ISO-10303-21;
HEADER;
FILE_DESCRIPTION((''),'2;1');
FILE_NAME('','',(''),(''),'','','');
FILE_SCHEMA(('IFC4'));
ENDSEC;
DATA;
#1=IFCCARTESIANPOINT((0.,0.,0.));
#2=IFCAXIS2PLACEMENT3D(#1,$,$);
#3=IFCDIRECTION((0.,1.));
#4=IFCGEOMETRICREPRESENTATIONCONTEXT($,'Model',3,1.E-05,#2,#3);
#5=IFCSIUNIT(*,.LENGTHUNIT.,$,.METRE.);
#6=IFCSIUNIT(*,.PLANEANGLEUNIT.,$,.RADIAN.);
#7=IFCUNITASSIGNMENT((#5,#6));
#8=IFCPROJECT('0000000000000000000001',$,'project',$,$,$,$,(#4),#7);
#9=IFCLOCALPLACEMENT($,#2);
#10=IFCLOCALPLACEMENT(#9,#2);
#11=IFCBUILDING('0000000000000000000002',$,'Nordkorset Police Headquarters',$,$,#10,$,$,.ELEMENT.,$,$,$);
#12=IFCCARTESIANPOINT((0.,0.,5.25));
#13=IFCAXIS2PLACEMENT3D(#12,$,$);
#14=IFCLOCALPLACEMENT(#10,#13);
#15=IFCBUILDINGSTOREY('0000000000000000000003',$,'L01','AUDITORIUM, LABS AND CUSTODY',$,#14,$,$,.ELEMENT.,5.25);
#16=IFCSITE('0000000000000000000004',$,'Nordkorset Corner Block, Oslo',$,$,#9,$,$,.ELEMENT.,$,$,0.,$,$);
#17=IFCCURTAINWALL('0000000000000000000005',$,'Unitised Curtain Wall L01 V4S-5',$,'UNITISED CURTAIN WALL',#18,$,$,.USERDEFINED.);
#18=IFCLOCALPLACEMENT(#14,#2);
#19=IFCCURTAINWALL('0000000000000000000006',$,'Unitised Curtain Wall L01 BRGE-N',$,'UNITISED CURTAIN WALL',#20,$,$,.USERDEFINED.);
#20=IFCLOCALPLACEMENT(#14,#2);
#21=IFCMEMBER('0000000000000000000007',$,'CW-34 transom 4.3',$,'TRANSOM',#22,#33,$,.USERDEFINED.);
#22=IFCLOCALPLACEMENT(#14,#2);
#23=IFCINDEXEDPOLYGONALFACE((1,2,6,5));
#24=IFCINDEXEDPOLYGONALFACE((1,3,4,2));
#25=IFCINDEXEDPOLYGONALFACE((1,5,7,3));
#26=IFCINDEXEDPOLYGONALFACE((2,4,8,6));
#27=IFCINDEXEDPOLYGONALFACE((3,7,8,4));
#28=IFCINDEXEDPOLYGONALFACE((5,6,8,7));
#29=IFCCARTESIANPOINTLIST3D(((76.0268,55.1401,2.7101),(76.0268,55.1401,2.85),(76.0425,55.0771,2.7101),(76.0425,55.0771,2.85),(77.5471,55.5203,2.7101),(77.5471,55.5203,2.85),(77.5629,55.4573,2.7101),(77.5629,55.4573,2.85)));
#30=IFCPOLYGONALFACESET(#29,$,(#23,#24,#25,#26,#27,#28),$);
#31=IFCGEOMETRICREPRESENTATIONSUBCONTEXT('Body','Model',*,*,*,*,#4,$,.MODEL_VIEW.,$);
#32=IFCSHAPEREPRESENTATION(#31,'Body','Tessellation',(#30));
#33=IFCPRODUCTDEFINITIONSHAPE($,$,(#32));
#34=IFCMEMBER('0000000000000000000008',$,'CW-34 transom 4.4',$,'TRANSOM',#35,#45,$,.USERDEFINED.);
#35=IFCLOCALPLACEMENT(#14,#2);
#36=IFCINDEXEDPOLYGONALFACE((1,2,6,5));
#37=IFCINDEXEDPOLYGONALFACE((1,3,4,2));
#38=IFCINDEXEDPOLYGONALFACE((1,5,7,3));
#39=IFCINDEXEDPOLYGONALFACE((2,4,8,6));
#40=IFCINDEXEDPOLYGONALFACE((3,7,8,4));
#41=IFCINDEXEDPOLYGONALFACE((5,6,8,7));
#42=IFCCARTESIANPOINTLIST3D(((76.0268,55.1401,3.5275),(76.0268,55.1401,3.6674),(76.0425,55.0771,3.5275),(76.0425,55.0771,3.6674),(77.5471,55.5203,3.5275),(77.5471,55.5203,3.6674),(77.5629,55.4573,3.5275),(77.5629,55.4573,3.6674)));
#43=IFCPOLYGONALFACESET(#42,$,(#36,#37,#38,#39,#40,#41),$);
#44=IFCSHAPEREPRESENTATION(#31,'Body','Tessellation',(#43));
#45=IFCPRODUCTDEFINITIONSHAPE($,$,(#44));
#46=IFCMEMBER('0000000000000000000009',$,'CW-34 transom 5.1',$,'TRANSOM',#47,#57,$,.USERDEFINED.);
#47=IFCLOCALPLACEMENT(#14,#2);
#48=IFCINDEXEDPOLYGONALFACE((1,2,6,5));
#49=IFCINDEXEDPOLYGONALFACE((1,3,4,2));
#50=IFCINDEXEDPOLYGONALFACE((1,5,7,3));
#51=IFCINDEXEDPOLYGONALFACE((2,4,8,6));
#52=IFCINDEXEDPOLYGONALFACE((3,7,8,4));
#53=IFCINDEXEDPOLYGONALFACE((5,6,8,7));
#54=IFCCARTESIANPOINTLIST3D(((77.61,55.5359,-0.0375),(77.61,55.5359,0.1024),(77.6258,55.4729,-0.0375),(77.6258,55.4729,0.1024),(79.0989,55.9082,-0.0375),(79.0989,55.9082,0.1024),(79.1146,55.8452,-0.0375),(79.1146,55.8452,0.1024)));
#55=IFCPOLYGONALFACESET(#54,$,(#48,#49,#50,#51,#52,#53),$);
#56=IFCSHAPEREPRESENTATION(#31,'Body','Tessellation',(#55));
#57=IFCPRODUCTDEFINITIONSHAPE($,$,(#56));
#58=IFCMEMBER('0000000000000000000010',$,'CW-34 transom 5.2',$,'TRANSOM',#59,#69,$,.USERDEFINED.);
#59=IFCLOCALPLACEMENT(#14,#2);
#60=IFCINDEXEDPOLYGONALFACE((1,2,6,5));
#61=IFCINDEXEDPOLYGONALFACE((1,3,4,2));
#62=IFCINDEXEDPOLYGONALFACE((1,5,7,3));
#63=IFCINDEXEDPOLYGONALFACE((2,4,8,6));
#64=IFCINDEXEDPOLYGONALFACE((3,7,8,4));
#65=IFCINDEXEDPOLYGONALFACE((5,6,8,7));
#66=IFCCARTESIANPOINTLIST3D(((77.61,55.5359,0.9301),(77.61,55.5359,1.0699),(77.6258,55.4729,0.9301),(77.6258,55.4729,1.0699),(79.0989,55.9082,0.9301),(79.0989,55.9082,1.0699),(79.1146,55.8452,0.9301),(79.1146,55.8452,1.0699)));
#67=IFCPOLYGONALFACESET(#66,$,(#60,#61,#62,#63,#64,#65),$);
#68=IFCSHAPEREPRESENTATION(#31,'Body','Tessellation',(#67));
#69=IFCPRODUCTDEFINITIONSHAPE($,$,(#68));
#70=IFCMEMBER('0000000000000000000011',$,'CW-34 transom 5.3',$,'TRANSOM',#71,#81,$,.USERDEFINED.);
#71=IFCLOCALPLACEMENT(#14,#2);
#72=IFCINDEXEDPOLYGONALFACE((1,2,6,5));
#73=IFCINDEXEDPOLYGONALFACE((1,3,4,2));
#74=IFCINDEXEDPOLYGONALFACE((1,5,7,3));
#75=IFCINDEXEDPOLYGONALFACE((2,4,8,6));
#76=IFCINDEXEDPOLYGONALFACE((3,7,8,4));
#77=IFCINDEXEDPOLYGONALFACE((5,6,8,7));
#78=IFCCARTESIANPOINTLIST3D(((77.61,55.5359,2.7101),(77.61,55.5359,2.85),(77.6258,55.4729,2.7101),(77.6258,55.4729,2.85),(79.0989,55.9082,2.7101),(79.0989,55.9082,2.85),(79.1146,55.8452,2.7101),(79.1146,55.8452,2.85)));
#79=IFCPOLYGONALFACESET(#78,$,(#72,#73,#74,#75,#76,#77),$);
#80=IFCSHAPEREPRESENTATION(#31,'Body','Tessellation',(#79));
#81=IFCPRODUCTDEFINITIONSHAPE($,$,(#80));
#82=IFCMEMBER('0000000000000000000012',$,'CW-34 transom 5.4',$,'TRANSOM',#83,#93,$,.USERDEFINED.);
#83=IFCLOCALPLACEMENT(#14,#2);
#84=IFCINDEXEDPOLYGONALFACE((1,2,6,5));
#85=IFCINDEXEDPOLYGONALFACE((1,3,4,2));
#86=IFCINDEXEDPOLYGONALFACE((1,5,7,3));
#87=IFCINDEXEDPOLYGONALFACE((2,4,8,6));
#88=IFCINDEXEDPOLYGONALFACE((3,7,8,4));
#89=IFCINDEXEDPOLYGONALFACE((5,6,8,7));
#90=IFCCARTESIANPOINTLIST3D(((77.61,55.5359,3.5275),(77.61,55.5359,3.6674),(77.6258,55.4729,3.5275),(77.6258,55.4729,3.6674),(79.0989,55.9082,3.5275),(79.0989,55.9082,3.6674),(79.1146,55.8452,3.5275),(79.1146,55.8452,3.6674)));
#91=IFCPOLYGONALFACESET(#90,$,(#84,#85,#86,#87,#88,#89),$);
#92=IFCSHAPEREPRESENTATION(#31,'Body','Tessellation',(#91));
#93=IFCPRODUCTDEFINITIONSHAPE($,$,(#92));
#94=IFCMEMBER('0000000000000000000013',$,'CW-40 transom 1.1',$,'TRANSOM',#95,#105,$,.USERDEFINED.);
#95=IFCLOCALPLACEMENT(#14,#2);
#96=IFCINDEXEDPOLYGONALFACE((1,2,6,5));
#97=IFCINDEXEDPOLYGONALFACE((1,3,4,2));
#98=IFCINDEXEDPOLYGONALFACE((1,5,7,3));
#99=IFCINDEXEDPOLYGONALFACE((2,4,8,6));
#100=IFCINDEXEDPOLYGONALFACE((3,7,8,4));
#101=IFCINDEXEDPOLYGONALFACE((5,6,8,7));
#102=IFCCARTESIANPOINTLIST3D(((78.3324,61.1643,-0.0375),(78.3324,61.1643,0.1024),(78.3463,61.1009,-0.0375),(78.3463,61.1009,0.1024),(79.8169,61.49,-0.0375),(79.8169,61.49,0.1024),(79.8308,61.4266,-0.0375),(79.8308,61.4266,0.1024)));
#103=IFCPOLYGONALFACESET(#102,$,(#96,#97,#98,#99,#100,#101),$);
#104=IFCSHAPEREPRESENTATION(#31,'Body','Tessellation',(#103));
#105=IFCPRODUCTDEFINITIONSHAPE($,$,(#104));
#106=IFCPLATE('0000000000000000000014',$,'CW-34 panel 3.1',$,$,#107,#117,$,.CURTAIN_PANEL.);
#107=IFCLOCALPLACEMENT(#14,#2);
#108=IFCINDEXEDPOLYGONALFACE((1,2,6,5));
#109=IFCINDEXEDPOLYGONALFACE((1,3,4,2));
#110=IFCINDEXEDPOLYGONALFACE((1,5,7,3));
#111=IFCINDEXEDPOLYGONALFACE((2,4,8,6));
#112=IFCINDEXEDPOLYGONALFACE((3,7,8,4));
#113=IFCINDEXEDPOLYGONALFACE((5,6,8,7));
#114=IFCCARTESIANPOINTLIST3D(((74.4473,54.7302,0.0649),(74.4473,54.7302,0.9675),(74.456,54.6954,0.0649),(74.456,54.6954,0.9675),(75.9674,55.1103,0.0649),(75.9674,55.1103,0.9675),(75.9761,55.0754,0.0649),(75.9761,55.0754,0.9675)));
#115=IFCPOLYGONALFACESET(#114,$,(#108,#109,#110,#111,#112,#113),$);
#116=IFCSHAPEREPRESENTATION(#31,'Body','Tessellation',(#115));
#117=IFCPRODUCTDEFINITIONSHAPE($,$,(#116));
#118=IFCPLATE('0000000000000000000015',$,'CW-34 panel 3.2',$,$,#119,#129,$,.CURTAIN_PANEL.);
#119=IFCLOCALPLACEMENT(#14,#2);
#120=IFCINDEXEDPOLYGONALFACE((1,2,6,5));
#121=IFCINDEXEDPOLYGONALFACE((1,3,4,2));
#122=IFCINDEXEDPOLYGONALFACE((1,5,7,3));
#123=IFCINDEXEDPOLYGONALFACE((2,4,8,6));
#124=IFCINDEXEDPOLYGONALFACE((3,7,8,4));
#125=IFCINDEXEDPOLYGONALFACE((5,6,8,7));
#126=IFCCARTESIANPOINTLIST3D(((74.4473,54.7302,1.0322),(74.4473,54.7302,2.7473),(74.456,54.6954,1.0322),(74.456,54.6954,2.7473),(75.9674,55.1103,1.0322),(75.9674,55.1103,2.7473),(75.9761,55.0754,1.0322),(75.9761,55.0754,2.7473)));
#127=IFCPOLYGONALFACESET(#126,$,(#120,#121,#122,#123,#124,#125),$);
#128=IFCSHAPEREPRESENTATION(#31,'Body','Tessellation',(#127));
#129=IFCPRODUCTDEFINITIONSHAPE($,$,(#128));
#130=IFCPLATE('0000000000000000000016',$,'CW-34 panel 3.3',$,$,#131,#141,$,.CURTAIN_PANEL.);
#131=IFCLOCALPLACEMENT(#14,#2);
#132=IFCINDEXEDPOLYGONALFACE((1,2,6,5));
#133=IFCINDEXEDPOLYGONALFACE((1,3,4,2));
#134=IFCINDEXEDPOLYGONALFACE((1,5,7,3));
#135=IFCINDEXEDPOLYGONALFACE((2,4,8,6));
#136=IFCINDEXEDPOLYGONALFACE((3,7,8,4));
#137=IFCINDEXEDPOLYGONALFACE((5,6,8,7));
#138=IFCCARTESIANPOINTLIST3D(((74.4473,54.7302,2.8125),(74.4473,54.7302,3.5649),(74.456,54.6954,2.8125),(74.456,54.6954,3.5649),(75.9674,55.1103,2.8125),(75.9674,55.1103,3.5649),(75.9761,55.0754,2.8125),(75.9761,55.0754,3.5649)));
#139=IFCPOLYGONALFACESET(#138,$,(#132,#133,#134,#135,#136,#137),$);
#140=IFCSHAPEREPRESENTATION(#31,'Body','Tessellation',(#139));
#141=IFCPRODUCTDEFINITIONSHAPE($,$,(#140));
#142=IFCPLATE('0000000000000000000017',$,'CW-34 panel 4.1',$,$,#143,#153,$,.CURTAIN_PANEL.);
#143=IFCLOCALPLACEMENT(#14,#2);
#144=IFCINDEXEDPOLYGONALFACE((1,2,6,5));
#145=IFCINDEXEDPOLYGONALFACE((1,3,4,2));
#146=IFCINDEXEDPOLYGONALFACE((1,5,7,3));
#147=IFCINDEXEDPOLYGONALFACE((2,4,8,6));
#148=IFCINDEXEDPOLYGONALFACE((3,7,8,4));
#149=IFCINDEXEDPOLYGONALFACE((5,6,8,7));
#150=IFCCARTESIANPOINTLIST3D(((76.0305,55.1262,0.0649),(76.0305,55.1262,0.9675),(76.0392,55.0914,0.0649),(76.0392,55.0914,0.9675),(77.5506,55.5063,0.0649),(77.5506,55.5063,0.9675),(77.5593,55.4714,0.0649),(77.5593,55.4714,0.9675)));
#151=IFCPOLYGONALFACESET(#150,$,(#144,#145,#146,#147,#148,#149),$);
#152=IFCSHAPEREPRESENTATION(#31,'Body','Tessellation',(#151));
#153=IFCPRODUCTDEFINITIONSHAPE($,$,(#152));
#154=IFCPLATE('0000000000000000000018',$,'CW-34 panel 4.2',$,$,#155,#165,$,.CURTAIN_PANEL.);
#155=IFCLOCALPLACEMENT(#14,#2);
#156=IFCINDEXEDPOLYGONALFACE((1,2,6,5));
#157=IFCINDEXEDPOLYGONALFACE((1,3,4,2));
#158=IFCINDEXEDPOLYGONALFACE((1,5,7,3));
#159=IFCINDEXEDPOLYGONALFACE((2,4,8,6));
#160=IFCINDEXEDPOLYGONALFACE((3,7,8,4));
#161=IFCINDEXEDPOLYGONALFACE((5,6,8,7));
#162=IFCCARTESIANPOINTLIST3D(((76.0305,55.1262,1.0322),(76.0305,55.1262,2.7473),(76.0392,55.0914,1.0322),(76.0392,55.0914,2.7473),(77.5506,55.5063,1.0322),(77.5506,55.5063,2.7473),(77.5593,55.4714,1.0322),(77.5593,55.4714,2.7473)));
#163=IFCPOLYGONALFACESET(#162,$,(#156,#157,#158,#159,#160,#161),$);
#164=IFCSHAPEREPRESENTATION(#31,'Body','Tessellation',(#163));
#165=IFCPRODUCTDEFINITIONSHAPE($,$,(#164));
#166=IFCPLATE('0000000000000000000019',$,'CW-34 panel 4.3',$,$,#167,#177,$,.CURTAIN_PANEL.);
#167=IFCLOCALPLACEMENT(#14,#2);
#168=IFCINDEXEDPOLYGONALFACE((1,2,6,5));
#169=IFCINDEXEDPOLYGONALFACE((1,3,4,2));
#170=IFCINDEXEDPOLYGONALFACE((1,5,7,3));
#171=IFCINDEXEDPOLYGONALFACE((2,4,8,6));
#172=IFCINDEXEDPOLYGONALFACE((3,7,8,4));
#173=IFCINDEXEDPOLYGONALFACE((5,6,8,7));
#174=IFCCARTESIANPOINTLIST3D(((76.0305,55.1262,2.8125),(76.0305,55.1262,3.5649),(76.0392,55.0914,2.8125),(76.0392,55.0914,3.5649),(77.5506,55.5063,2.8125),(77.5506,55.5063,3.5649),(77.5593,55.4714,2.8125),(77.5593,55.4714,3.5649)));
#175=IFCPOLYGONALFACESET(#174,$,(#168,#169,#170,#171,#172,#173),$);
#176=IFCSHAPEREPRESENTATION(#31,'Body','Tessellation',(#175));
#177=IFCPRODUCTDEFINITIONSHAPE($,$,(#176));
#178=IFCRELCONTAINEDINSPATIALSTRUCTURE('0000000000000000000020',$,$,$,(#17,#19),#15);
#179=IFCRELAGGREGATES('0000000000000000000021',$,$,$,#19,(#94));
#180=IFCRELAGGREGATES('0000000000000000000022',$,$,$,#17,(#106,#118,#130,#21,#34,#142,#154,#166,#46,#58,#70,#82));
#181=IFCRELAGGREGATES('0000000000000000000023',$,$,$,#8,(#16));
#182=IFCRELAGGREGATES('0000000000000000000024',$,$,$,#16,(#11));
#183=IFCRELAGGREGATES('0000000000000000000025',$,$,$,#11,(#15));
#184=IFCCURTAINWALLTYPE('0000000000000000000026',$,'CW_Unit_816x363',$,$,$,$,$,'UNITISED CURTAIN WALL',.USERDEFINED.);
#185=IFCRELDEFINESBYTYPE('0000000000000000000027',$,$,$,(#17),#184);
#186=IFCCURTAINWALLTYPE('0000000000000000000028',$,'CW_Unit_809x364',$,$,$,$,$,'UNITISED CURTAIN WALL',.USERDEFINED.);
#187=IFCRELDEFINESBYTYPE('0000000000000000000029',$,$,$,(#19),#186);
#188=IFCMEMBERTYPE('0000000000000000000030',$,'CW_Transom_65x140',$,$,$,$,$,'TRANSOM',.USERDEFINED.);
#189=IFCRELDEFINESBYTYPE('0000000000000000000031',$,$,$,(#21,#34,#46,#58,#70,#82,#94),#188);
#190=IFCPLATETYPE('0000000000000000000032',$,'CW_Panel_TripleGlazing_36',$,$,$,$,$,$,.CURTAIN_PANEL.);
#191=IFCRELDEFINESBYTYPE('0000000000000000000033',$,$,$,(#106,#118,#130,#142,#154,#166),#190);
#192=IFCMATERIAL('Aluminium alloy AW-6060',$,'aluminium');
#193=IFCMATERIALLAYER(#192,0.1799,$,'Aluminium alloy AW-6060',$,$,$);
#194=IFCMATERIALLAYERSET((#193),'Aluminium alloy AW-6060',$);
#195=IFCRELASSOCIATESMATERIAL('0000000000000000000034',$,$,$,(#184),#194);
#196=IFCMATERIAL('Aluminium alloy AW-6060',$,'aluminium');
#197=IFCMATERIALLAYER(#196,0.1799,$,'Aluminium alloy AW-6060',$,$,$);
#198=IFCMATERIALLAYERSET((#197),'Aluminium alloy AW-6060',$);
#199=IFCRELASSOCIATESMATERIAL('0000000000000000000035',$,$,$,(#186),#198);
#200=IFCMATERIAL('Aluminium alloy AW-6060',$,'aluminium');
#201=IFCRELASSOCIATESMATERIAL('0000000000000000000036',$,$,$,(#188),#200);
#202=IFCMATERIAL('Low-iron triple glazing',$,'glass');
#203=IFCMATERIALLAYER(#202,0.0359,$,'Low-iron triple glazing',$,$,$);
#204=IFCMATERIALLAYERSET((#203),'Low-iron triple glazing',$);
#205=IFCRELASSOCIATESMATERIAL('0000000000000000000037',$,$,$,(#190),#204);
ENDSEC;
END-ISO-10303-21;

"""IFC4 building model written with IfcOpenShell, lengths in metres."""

from ifc_helpers import new_model, si_unit, direction, frame, origin, origin_2d, place, context, subcontext, project, spatial, rectangle, extrude, material, layer, layer_set, material_profile, profile_set, type_object, element, aggregate, save


model = new_model("IFC4")

# Units and contexts
model_context = context("Model", 3, precision=1e-05, world=origin(), true_north=direction((0.0, 1.0)))
body_context = subcontext(model_context, "Body", "Model", "MODEL_VIEW")
ifc_project = project(units=[si_unit("LENGTHUNIT", "METRE"), si_unit("PLANEANGLEUNIT", "RADIAN")], contexts=[model_context])

# Site, building, storey
site_placement = place(None, origin())
site = spatial("IfcSite", under=ifc_project, at=site_placement, Name="Nordkorset Corner Block, Oslo", CompositionType="ELEMENT", RefElevation=0.0)
building_placement = place(site_placement, origin())
building = spatial("IfcBuilding", under=site, at=building_placement, Name="Nordkorset Police Headquarters", CompositionType="ELEMENT")
storey_placement = place(building_placement, frame((0.0, 0.0, 5.25)))
storey = spatial("IfcBuildingStorey", under=building, at=storey_placement, Name="L01", Description="AUDITORIUM, LABS AND CUSTODY", CompositionType="ELEMENT", Elevation=5.25)

# Curtain wall
ifc_material_1 = material(Name="Aluminium alloy AW-6060", Category="aluminium")
ifc_layer_1 = layer(ifc_material_1, 0.1799, Name="Aluminium alloy AW-6060")
ifc_layer_set_1 = layer_set([ifc_layer_1], Name="Aluminium alloy AW-6060")
curtain_wall_type_1 = type_object("IfcCurtainWallType", Name="CW_Unit_816x363", ElementType="UNITISED CURTAIN WALL", PredefinedType="USERDEFINED", material=ifc_layer_set_1)
curtain_wall_1_placement = place(storey_placement, origin())
curtain_wall_1 = element("IfcCurtainWall", 1, at=curtain_wall_1_placement, inside=storey, type_object=curtain_wall_type_1, Name="Unitised Curtain Wall L01 V4S-5", ObjectType="UNITISED CURTAIN WALL", PredefinedType="USERDEFINED")

# Curtain wall
ifc_material_2 = material(Name="Aluminium alloy AW-6060", Category="aluminium")
ifc_layer_2 = layer(ifc_material_2, 0.1799, Name="Aluminium alloy AW-6060")
ifc_layer_set_2 = layer_set([ifc_layer_2], Name="Aluminium alloy AW-6060")
curtain_wall_type_2 = type_object("IfcCurtainWallType", Name="CW_Unit_809x364", ElementType="UNITISED CURTAIN WALL", PredefinedType="USERDEFINED", material=ifc_layer_set_2)
curtain_wall_2_placement = place(storey_placement, origin())
curtain_wall_2 = element("IfcCurtainWall", 2, at=curtain_wall_2_placement, inside=storey, type_object=curtain_wall_type_2, Name="Unitised Curtain Wall L01 BRGE-N", ObjectType="UNITISED CURTAIN WALL", PredefinedType="USERDEFINED")

# Members
ifc_material_3 = material(Name="Aluminium alloy AW-6060", Category="aluminium")
ifc_material_profile_1 = material_profile(ifc_material_3, rectangle(XDim=0.0649, YDim=0.1399, at=origin_2d()), Name="ALU TRAN 65x140")
ifc_profile_set_1 = profile_set([ifc_material_profile_1], Name="Aluminium alloy AW-6060")
member_type_1 = type_object("IfcMemberType", Name="CW_Transom_65x140", ElementType="TRANSOM", PredefinedType="USERDEFINED", material=ifc_profile_set_1)
member_1_placement = place(storey_placement, frame((76.0347, 55.1086, 2.78), z_axis=(0.970133, 0.242572, 0.0), x_axis=(-0.242572, 0.970133, 0.0)))
member_1 = element("IfcMember", 3, at=member_1_placement, type_object=member_type_1, Name="CW-34 transom 4.3", ObjectType="TRANSOM", PredefinedType="USERDEFINED", context=body_context, shape_type="SweptSolid", body=[
    extrude(rectangle(XDim=0.0649, YDim=0.1399, at=origin_2d()), origin(), (0.0, 0.0, 1.0), 1.5671),
])
member_2_placement = place(storey_placement, frame((76.0347, 55.1086, 3.5974), z_axis=(0.970133, 0.242572, 0.0), x_axis=(-0.242572, 0.970133, 0.0)))
member_2 = element("IfcMember", 4, at=member_2_placement, type_object=member_type_1, Name="CW-34 transom 4.4", ObjectType="TRANSOM", PredefinedType="USERDEFINED", context=body_context, shape_type="SweptSolid", body=[
    extrude(rectangle(XDim=0.0649, YDim=0.1399, at=origin_2d()), origin(), (0.0, 0.0, 1.0), 1.5671),
])
member_3_placement = place(storey_placement, frame((77.6179, 55.5044, 0.0325), z_axis=(0.970124, 0.24261, 0.0), x_axis=(-0.24261, 0.970124, 0.0)))
member_3 = element("IfcMember", 5, at=member_3_placement, type_object=member_type_1, Name="CW-34 transom 5.1", ObjectType="TRANSOM", PredefinedType="USERDEFINED", context=body_context, shape_type="SweptSolid", body=[
    extrude(rectangle(XDim=0.0649, YDim=0.1399, at=origin_2d()), origin(), (0.0, 0.0, 1.0), 1.5347),
])
member_4_placement = place(storey_placement, frame((77.6179, 55.5044, 1.0), z_axis=(0.970124, 0.24261, 0.0), x_axis=(-0.24261, 0.970124, 0.0)))
member_4 = element("IfcMember", 6, at=member_4_placement, type_object=member_type_1, Name="CW-34 transom 5.2", ObjectType="TRANSOM", PredefinedType="USERDEFINED", context=body_context, shape_type="SweptSolid", body=[
    extrude(rectangle(XDim=0.0649, YDim=0.1399, at=origin_2d()), origin(), (0.0, 0.0, 1.0), 1.5347),
])
member_5_placement = place(storey_placement, frame((77.6179, 55.5044, 2.78), z_axis=(0.970124, 0.24261, 0.0), x_axis=(-0.24261, 0.970124, 0.0)))
member_5 = element("IfcMember", 7, at=member_5_placement, type_object=member_type_1, Name="CW-34 transom 5.3", ObjectType="TRANSOM", PredefinedType="USERDEFINED", context=body_context, shape_type="SweptSolid", body=[
    extrude(rectangle(XDim=0.0649, YDim=0.1399, at=origin_2d()), origin(), (0.0, 0.0, 1.0), 1.5347),
])
member_6_placement = place(storey_placement, frame((77.6179, 55.5044, 3.5974), z_axis=(0.970124, 0.24261, 0.0), x_axis=(-0.24261, 0.970124, 0.0)))
member_6 = element("IfcMember", 8, at=member_6_placement, type_object=member_type_1, Name="CW-34 transom 5.4", ObjectType="TRANSOM", PredefinedType="USERDEFINED", context=body_context, shape_type="SweptSolid", body=[
    extrude(rectangle(XDim=0.0649, YDim=0.1399, at=origin_2d()), origin(), (0.0, 0.0, 1.0), 1.5347),
])
member_7_placement = place(storey_placement, frame((78.3394, 61.1326, 0.0325), z_axis=(0.976766, 0.21431, 0.0), x_axis=(-0.21431, 0.976766, 0.0)))
member_7 = element("IfcMember", 9, at=member_7_placement, type_object=member_type_1, Name="CW-40 transom 1.1", ObjectType="TRANSOM", PredefinedType="USERDEFINED", context=body_context, shape_type="SweptSolid", body=[
    extrude(rectangle(XDim=0.0649, YDim=0.1399, at=origin_2d()), origin(), (0.0, 0.0, 1.0), 1.5198),
])
aggregate(curtain_wall_2, [member_7])

# Plates
ifc_material_4 = material(Name="Low-iron triple glazing", Category="glass")
ifc_layer_3 = layer(ifc_material_4, 0.0359, Name="Low-iron triple glazing")
ifc_layer_set_3 = layer_set([ifc_layer_3], Name="Low-iron triple glazing")
plate_type = type_object("IfcPlateType", Name="CW_Panel_TripleGlazing_36", PredefinedType="CURTAIN_PANEL", material=ifc_layer_set_3)
plate_1_placement = place(storey_placement, frame((75.2117, 54.9028, 0.0649), z_axis=(0.0, 0.0, 1.0), x_axis=(0.970143, 0.242536, 0.0)))
plate_1 = element("IfcPlate", 10, at=plate_1_placement, type_object=plate_type, Name="CW-34 panel 3.1", PredefinedType="CURTAIN_PANEL", context=body_context, shape_type="SweptSolid", body=[
    extrude(rectangle(XDim=1.5669, YDim=0.0359, at=origin_2d()), origin(), (0.0, 0.0, 1.0), 0.9026),
])
plate_2_placement = place(storey_placement, frame((75.2117, 54.9028, 1.0322), z_axis=(0.0, 0.0, 1.0), x_axis=(0.970143, 0.242536, 0.0)))
plate_2 = element("IfcPlate", 11, at=plate_2_placement, type_object=plate_type, Name="CW-34 panel 3.2", PredefinedType="CURTAIN_PANEL", context=body_context, shape_type="SweptSolid", body=[
    extrude(rectangle(XDim=1.5669, YDim=0.0359, at=origin_2d()), origin(), (0.0, 0.0, 1.0), 1.7151),
])
plate_3_placement = place(storey_placement, frame((75.2117, 54.9028, 2.8125), z_axis=(0.0, 0.0, 1.0), x_axis=(0.970143, 0.242536, 0.0)))
plate_3 = element("IfcPlate", 12, at=plate_3_placement, type_object=plate_type, Name="CW-34 panel 3.3", PredefinedType="CURTAIN_PANEL", context=body_context, shape_type="SweptSolid", body=[
    extrude(rectangle(XDim=1.5669, YDim=0.0359, at=origin_2d()), origin(), (0.0, 0.0, 1.0), 0.7524),
])
plate_4_placement = place(storey_placement, frame((76.7949, 55.2988, 0.0649), z_axis=(0.0, 0.0, 1.0), x_axis=(0.970143, 0.242536, 0.0)))
plate_4 = element("IfcPlate", 13, at=plate_4_placement, type_object=plate_type, Name="CW-34 panel 4.1", PredefinedType="CURTAIN_PANEL", context=body_context, shape_type="SweptSolid", body=[
    extrude(rectangle(XDim=1.5669, YDim=0.0359, at=origin_2d()), origin(), (0.0, 0.0, 1.0), 0.9026),
])
plate_5_placement = place(storey_placement, frame((76.7949, 55.2988, 1.0322), z_axis=(0.0, 0.0, 1.0), x_axis=(0.970143, 0.242536, 0.0)))
plate_5 = element("IfcPlate", 14, at=plate_5_placement, type_object=plate_type, Name="CW-34 panel 4.2", PredefinedType="CURTAIN_PANEL", context=body_context, shape_type="SweptSolid", body=[
    extrude(rectangle(XDim=1.5669, YDim=0.0359, at=origin_2d()), origin(), (0.0, 0.0, 1.0), 1.7151),
])
plate_6_placement = place(storey_placement, frame((76.7949, 55.2988, 2.8125), z_axis=(0.0, 0.0, 1.0), x_axis=(0.970143, 0.242536, 0.0)))
plate_6 = element("IfcPlate", 15, at=plate_6_placement, type_object=plate_type, Name="CW-34 panel 4.3", PredefinedType="CURTAIN_PANEL", context=body_context, shape_type="SweptSolid", body=[
    extrude(rectangle(XDim=1.5669, YDim=0.0359, at=origin_2d()), origin(), (0.0, 0.0, 1.0), 0.7524),
])
aggregate(curtain_wall_1, [plate_1, plate_2, plate_3, member_1, member_2, plate_4, plate_5, plate_6, member_3, member_4, member_5, member_6])

save(model, "model.ifc")
